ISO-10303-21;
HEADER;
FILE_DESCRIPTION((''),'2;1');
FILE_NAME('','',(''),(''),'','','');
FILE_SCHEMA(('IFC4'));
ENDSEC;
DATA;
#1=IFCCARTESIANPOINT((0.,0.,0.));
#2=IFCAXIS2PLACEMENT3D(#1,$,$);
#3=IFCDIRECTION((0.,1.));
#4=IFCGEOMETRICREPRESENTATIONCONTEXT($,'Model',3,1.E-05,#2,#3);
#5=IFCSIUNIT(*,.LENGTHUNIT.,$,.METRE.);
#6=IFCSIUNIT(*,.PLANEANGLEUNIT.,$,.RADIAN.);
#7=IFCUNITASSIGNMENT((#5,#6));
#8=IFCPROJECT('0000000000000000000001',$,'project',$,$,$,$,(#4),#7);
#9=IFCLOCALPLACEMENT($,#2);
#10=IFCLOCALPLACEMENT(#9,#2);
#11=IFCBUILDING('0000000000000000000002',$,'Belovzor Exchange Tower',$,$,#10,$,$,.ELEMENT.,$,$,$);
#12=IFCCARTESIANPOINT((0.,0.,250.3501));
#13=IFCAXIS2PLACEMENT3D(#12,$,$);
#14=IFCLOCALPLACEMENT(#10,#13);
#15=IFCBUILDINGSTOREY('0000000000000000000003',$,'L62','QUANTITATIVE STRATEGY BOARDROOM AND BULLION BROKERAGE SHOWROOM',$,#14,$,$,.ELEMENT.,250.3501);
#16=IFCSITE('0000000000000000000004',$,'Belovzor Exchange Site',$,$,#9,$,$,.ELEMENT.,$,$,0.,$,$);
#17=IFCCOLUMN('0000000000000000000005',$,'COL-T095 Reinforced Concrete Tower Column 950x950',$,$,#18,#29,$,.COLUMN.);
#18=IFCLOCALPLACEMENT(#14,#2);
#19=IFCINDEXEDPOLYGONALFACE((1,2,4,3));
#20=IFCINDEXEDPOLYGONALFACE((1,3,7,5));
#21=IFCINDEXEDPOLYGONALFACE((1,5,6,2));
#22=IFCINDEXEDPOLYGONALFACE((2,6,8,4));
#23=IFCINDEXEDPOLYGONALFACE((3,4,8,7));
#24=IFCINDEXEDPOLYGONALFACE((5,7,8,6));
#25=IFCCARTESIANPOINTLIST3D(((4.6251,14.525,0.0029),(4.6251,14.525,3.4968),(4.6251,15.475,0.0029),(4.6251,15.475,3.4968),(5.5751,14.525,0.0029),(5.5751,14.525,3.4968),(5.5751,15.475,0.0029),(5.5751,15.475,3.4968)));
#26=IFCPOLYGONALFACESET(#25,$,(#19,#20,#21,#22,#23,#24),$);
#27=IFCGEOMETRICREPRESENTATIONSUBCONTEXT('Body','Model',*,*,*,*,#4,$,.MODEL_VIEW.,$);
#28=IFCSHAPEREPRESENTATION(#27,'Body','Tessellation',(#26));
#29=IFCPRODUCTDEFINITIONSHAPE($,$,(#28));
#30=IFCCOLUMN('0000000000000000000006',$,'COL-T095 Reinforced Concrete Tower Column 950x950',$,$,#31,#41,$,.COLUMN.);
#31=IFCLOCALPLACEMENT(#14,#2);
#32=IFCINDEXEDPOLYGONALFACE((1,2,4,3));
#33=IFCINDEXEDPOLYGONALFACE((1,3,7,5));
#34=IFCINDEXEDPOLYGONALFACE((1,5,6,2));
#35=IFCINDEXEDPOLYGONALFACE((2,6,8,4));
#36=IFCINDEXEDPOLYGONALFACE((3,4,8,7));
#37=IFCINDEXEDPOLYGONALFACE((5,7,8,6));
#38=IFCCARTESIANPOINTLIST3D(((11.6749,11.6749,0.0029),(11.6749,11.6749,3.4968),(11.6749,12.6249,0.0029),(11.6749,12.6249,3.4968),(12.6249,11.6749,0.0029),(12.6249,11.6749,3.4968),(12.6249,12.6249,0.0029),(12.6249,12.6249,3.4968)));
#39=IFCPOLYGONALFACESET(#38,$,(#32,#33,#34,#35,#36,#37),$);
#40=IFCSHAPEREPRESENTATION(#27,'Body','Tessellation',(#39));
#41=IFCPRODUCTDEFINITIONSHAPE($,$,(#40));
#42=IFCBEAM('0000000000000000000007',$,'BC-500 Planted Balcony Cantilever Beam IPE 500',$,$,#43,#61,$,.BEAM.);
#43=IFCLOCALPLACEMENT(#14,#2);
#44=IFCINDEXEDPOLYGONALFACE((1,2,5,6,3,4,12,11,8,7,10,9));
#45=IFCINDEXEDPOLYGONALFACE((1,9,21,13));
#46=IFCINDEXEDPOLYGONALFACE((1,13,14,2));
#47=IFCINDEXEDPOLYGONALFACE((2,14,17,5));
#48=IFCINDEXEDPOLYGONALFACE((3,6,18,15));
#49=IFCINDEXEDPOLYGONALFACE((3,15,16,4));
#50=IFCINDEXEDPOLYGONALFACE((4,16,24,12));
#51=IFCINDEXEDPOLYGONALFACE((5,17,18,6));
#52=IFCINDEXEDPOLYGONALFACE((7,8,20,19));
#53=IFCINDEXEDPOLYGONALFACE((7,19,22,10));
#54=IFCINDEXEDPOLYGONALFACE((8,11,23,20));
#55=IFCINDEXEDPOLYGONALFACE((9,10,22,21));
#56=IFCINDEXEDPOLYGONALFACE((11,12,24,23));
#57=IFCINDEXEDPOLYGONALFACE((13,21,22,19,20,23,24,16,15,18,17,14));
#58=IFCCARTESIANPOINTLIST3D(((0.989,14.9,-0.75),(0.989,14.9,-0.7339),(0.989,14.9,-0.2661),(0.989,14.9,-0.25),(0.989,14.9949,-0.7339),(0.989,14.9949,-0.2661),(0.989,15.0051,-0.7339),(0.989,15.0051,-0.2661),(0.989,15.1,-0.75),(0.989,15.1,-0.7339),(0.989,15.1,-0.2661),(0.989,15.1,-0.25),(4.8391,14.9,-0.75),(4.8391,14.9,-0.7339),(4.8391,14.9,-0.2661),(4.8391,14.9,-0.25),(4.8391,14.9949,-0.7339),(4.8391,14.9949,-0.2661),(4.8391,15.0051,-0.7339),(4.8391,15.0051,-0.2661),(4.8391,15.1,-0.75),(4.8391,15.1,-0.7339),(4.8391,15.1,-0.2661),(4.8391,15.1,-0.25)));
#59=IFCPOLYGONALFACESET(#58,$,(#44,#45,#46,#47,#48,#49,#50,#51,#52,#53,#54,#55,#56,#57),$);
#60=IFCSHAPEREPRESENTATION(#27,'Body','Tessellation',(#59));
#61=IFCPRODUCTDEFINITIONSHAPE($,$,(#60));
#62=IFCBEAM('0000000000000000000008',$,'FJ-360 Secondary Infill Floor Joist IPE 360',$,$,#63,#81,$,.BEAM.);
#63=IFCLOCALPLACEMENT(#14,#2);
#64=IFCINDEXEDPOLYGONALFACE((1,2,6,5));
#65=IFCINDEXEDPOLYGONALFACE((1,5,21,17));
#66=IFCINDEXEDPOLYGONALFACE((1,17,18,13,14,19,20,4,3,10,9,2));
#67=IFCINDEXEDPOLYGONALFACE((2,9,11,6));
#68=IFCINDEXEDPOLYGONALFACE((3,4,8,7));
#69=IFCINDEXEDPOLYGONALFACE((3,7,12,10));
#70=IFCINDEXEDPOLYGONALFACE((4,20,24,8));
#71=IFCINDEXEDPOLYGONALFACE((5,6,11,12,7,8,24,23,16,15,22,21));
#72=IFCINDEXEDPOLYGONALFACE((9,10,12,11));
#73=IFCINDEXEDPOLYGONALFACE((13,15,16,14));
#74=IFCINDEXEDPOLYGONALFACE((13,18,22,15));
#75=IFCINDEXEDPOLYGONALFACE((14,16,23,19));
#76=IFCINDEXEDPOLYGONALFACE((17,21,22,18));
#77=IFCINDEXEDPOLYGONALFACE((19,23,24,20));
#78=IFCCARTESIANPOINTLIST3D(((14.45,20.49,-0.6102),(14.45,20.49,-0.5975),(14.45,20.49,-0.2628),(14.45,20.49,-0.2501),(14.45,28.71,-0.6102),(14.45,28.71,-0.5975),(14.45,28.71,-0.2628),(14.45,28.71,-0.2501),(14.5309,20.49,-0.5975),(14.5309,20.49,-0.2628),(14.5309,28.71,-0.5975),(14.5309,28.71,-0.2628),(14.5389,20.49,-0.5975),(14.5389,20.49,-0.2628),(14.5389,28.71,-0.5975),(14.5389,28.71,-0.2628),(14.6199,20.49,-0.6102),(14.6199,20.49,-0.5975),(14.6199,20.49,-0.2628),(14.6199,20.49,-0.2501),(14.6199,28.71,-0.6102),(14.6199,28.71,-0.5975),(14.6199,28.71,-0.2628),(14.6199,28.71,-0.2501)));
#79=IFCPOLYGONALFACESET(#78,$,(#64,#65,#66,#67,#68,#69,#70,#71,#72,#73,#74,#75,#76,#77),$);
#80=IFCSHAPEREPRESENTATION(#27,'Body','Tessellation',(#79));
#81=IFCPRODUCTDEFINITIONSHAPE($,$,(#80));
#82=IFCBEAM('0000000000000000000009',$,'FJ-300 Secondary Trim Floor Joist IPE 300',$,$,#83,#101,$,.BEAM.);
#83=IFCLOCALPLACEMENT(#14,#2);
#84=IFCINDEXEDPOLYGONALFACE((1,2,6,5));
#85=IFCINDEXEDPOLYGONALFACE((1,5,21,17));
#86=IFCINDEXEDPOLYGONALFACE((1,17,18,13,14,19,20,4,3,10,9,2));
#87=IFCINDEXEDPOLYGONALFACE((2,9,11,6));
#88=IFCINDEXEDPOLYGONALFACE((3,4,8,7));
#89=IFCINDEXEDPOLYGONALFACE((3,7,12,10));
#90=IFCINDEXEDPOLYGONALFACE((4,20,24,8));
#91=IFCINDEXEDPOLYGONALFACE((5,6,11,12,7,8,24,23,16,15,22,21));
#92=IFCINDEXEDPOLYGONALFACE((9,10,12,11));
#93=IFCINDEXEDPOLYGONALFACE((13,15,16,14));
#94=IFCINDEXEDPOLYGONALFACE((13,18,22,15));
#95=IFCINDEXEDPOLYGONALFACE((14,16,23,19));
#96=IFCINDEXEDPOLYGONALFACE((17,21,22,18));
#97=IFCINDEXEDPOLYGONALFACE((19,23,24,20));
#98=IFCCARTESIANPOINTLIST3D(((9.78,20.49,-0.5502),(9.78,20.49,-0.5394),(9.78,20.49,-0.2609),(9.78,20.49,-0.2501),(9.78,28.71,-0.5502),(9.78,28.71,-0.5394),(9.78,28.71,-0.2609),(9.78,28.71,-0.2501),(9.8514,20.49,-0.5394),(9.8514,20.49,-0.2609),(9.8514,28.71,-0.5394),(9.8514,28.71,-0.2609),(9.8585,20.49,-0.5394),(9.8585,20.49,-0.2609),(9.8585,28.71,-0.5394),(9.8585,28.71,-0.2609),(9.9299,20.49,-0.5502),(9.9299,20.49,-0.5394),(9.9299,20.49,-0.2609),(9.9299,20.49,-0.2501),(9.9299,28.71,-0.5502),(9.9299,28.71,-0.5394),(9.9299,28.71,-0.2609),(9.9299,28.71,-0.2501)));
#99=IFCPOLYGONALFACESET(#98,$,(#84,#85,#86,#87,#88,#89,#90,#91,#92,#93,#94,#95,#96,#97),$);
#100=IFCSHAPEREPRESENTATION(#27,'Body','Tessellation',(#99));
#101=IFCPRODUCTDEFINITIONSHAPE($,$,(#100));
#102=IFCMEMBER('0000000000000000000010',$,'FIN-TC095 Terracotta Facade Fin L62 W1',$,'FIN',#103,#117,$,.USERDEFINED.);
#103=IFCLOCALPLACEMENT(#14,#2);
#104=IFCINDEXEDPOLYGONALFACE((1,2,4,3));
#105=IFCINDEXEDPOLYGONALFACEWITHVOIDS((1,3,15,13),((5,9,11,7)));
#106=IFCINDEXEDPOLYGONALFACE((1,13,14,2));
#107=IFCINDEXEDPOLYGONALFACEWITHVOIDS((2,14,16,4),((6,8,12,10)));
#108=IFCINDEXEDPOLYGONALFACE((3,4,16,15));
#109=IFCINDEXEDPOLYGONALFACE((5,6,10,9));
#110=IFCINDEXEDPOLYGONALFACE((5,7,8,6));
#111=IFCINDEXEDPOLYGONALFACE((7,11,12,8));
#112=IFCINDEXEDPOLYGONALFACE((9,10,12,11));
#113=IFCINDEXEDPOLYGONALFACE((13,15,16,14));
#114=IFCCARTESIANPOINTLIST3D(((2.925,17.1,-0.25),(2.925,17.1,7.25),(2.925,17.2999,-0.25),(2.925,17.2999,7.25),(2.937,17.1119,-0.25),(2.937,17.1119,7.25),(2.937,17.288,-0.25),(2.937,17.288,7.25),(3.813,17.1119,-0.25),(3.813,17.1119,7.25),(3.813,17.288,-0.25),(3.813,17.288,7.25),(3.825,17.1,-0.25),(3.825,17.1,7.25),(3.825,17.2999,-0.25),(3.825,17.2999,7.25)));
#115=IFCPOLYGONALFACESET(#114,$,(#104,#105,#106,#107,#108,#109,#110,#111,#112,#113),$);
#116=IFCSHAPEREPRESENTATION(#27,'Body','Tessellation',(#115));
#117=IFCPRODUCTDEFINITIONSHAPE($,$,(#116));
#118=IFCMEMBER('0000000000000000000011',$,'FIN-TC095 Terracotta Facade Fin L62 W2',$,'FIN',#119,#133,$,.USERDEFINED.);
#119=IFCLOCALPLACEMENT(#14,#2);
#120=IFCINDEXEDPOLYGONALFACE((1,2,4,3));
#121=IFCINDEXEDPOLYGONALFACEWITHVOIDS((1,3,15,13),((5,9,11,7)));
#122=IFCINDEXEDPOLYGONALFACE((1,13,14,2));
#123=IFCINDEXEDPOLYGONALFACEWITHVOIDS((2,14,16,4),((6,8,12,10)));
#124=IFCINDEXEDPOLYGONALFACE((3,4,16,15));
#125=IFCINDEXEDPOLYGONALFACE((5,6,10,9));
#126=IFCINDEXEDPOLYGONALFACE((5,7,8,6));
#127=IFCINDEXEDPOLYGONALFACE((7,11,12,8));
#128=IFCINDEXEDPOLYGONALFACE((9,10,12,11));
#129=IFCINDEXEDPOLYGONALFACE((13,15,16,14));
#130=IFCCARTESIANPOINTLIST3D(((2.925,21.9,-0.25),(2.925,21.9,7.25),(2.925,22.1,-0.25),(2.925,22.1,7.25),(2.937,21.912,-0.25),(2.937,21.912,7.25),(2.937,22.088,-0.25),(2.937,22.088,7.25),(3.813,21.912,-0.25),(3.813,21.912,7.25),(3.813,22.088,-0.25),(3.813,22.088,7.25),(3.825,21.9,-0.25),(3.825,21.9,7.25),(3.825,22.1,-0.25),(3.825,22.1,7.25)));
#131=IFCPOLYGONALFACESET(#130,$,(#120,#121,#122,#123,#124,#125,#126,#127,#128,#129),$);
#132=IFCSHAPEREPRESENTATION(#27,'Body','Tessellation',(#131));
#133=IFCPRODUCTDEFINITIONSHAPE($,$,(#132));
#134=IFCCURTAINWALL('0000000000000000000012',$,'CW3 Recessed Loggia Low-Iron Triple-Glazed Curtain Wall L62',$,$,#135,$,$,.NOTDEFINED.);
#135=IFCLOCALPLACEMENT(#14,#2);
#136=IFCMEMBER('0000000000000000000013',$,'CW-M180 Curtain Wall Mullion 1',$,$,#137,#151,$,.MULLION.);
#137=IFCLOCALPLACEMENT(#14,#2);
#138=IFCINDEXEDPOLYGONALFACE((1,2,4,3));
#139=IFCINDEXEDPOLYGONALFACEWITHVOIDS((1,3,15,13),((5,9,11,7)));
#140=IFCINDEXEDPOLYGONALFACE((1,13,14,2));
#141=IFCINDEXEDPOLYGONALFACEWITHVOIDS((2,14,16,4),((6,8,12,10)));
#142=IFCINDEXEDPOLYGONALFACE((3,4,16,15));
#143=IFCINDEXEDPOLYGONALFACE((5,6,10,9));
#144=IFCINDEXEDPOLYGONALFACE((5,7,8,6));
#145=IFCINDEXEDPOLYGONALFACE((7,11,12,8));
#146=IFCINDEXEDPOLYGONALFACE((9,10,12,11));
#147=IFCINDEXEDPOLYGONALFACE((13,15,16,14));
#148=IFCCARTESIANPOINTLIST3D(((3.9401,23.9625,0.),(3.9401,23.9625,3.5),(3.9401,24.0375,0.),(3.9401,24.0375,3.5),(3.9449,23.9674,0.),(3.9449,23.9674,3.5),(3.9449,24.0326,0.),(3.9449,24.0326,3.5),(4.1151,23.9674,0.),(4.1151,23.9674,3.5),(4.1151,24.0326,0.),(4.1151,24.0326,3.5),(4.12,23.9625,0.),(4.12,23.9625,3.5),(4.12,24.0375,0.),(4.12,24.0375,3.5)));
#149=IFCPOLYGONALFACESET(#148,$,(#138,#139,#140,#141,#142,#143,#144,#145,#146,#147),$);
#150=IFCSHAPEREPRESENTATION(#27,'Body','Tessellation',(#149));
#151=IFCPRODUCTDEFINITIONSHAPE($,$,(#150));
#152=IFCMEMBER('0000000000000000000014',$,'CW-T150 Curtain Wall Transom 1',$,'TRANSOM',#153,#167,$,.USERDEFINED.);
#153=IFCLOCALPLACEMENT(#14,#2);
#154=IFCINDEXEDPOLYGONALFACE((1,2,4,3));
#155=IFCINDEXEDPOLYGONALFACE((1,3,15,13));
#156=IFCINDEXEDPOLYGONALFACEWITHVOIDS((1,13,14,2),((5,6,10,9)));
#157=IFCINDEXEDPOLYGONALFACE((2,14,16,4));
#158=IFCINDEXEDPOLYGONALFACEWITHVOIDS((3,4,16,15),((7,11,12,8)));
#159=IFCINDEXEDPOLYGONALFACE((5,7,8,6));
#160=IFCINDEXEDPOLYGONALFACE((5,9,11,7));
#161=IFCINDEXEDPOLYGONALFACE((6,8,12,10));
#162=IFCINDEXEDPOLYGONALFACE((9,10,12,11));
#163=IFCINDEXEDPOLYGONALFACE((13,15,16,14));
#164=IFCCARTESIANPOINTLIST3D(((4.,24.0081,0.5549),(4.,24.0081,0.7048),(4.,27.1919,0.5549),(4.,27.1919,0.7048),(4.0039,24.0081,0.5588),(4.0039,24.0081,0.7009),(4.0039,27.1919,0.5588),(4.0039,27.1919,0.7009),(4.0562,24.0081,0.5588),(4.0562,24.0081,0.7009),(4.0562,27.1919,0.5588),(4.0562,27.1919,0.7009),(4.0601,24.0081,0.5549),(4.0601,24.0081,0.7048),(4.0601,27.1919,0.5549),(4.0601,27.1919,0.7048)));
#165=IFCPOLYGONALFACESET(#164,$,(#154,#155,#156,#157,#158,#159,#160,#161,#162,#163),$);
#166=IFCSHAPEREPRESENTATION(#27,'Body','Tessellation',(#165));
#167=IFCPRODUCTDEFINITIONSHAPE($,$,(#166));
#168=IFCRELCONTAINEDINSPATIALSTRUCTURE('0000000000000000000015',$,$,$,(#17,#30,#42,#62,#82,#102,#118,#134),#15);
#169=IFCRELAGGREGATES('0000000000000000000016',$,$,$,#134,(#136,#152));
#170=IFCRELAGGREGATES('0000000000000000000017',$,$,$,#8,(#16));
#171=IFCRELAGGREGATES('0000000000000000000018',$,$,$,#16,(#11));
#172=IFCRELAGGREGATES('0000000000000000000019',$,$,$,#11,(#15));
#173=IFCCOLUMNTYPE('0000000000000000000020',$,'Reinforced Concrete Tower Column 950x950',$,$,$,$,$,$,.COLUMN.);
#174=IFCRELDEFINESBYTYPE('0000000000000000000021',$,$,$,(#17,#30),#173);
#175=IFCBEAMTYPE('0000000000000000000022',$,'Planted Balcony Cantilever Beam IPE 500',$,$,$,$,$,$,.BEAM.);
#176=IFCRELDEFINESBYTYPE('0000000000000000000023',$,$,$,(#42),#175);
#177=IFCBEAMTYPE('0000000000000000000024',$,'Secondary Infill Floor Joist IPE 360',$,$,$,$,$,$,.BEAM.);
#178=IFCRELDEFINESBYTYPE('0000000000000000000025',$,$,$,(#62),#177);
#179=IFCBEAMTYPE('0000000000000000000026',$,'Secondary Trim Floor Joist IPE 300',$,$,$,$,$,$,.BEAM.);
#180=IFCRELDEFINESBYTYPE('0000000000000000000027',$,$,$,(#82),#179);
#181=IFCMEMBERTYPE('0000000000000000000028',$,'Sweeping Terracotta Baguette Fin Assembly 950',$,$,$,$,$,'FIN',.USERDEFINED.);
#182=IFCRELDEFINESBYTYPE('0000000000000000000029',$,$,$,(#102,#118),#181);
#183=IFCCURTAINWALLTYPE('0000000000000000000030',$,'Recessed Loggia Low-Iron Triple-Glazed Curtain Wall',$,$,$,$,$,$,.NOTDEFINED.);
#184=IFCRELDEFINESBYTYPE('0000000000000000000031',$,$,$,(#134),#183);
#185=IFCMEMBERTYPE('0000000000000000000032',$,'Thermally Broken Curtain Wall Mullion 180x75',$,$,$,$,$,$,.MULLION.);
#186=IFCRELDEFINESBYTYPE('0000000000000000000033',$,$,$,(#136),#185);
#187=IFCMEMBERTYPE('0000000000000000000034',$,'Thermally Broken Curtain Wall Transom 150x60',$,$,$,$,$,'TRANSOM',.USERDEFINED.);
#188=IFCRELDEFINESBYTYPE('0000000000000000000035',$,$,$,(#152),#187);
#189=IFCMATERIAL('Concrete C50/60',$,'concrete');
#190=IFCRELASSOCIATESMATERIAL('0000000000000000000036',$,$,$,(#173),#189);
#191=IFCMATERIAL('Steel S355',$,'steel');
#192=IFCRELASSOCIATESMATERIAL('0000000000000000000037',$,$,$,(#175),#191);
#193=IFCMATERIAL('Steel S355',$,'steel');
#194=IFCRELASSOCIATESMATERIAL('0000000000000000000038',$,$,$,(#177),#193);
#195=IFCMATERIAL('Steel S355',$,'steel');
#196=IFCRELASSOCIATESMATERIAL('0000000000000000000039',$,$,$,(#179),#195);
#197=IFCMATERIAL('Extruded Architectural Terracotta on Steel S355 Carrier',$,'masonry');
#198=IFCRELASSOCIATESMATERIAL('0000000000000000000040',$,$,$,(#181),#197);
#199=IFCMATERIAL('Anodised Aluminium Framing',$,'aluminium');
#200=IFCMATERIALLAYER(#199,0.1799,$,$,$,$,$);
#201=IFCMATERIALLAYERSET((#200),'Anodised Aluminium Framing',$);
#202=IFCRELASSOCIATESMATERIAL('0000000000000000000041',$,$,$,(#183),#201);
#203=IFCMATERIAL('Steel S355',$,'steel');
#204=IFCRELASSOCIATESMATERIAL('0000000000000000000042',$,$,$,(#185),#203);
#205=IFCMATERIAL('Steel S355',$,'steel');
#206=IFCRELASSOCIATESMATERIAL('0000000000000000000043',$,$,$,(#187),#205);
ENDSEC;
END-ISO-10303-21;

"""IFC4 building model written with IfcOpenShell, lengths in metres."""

from ifc_helpers import new_model, si_unit, direction, frame, origin, origin_2d, place, context, subcontext, project, spatial, rectangle, hollow_rectangle, i_section, extrude, material, layer, layer_set, material_profile, profile_set, type_object, element, aggregate, save


model = new_model("IFC4")

# Units and contexts
model_context = context("Model", 3, precision=1e-05, world=origin(), true_north=direction((0.0, 1.0)))
body_context = subcontext(model_context, "Body", "Model", "MODEL_VIEW")
ifc_project = project(units=[si_unit("LENGTHUNIT", "METRE"), si_unit("PLANEANGLEUNIT", "RADIAN")], contexts=[model_context])

# Site, building, storey
site_placement = place(None, origin())
site = spatial("IfcSite", under=ifc_project, at=site_placement, Name="Belovzor Exchange Site", CompositionType="ELEMENT", RefElevation=0.0)
building_placement = place(site_placement, origin())
building = spatial("IfcBuilding", under=site, at=building_placement, Name="Belovzor Exchange Tower", CompositionType="ELEMENT")
storey_placement = place(building_placement, frame((0.0, 0.0, 250.3501)))
storey = spatial("IfcBuildingStorey", under=building, at=storey_placement, Name="L62", Description="QUANTITATIVE STRATEGY BOARDROOM AND BULLION BROKERAGE SHOWROOM", CompositionType="ELEMENT", Elevation=250.3501)

# Columns
ifc_material_1 = material(Name="Concrete C50/60", Category="concrete")
ifc_material_profile_1 = material_profile(ifc_material_1, rectangle(XDim=0.95, YDim=0.95, at=origin_2d()))
ifc_profile_set_1 = profile_set([ifc_material_profile_1], Name="Concrete C50/60")
column_type = type_object("IfcColumnType", Name="Reinforced Concrete Tower Column 950x950", PredefinedType="COLUMN", material=ifc_profile_set_1)
for number, where, z_axis, x_axis, name in (
    (1, (5.1001, 15.0, 0.0029), (0.0, 0.0, 1.0), (1.0, 0.0, 0.0), "COL-T095 Reinforced Concrete Tower Column 950x950"),
    (2, (12.1499, 12.1499, 0.0029), (0.0, 0.0, 1.0), (1.0, 0.0, 0.0), "COL-T095 Reinforced Concrete Tower Column 950x950"),
):
    element("IfcColumn", number, at=place(storey_placement, frame(where, z_axis=z_axis, x_axis=x_axis)), inside=storey, type_object=column_type, Name=name, PredefinedType="COLUMN", context=body_context, shape_type="SweptSolid", body=[
        extrude(rectangle(XDim=0.95, YDim=0.95, at=origin_2d()), origin(), (0.0, 0.0, 1.0), 3.4939),
    ])

# Beams
ifc_material_2 = material(Name="Steel S355", Category="steel")
ifc_material_profile_2 = material_profile(ifc_material_2, i_section(OverallWidth=0.2, OverallDepth=0.5, WebThickness=0.0103, FlangeThickness=0.0161, at=origin_2d()))
ifc_profile_set_2 = profile_set([ifc_material_profile_2], Name="Steel S355")
beam_type_1 = type_object("IfcBeamType", Name="Planted Balcony Cantilever Beam IPE 500", PredefinedType="BEAM", material=ifc_profile_set_2)
beam_1_placement = place(storey_placement, frame((4.8391, 15.0, -0.5), z_axis=(-1.0, 0.0, 0.0), x_axis=(0.0, -1.0, 0.0)))
element("IfcBeam", 3, at=beam_1_placement, inside=storey, type_object=beam_type_1, Name="BC-500 Planted Balcony Cantilever Beam IPE 500", PredefinedType="BEAM", context=body_context, shape_type="SweptSolid", body=[
    extrude(i_section(OverallWidth=0.2, OverallDepth=0.5, WebThickness=0.0103, FlangeThickness=0.0161, at=origin_2d()), origin(), (0.0, 0.0, 1.0), 3.8501),
])
ifc_material_3 = material(Name="Steel S355", Category="steel")
ifc_material_profile_3 = material_profile(ifc_material_3, i_section(OverallWidth=0.1699, OverallDepth=0.3601, WebThickness=0.0081, FlangeThickness=0.0127, at=origin_2d()))
ifc_profile_set_3 = profile_set([ifc_material_profile_3], Name="Steel S355")
beam_type_2 = type_object("IfcBeamType", Name="Secondary Infill Floor Joist IPE 360", PredefinedType="BEAM", material=ifc_profile_set_3)
beam_2_placement = place(storey_placement, frame((14.5349, 20.49, -0.4302), z_axis=(0.0, 1.0, 0.0), x_axis=(-1.0, 0.0, 0.0)))
element("IfcBeam", 4, at=beam_2_placement, inside=storey, type_object=beam_type_2, Name="FJ-360 Secondary Infill Floor Joist IPE 360", PredefinedType="BEAM", context=body_context, shape_type="SweptSolid", body=[
    extrude(i_section(OverallWidth=0.1699, OverallDepth=0.3601, WebThickness=0.0081, FlangeThickness=0.0127, at=origin_2d()), origin(), (0.0, 0.0, 1.0), 8.22),
])
ifc_material_4 = material(Name="Steel S355", Category="steel")
ifc_material_profile_4 = material_profile(ifc_material_4, i_section(OverallWidth=0.1499, OverallDepth=0.3, WebThickness=0.0071, FlangeThickness=0.0107, at=origin_2d()))
ifc_profile_set_4 = profile_set([ifc_material_profile_4], Name="Steel S355")
beam_type_3 = type_object("IfcBeamType", Name="Secondary Trim Floor Joist IPE 300", PredefinedType="BEAM", material=ifc_profile_set_4)
beam_3_placement = place(storey_placement, frame((9.855, 20.49, -0.4001), z_axis=(0.0, 1.0, 0.0), x_axis=(-1.0, 0.0, 0.0)))
element("IfcBeam", 5, at=beam_3_placement, inside=storey, type_object=beam_type_3, Name="FJ-300 Secondary Trim Floor Joist IPE 300", PredefinedType="BEAM", context=body_context, shape_type="SweptSolid", body=[
    extrude(i_section(OverallWidth=0.1499, OverallDepth=0.3, WebThickness=0.0071, FlangeThickness=0.0107, at=origin_2d()), origin(), (0.0, 0.0, 1.0), 8.22),
])

# Members
ifc_material_5 = material(Name="Extruded Architectural Terracotta on Steel S355 Carrier", Category="masonry")
ifc_material_profile_5 = material_profile(ifc_material_5, hollow_rectangle(XDim=0.2, YDim=0.8999, WallThickness=0.012, at=origin_2d()))
ifc_profile_set_5 = profile_set([ifc_material_profile_5], Name="Extruded Architectural Terracotta on Steel S355 Carrier")
member_type_1 = type_object("IfcMemberType", Name="Sweeping Terracotta Baguette Fin Assembly 950", ElementType="FIN", PredefinedType="USERDEFINED", material=ifc_profile_set_5)
for number, where, z_axis, x_axis, name in (
    (6, (3.375, 17.2, -0.25), (0.0, 0.0, 1.0), (0.0, 1.0, 0.0), "FIN-TC095 Terracotta Facade Fin L62 W1"),
    (7, (3.375, 22.0, -0.25), (0.0, 0.0, 1.0), (0.0, 1.0, 0.0), "FIN-TC095 Terracotta Facade Fin L62 W2"),
):
    element("IfcMember", number, at=place(storey_placement, frame(where, z_axis=z_axis, x_axis=x_axis)), inside=storey, type_object=member_type_1, Name=name, ObjectType="FIN", PredefinedType="USERDEFINED", context=body_context, shape_type="SweptSolid", body=[
        extrude(hollow_rectangle(XDim=0.2, YDim=0.8999, WallThickness=0.012, at=origin_2d()), origin(), (0.0, 0.0, 1.0), 7.5),
    ])

# Curtain wall, members
ifc_material_6 = material(Name="Anodised Aluminium Framing", Category="aluminium")
ifc_layer_1 = layer(ifc_material_6, 0.1799)
ifc_layer_set_1 = layer_set([ifc_layer_1], Name="Anodised Aluminium Framing")
curtain_wall_type = type_object("IfcCurtainWallType", Name="Recessed Loggia Low-Iron Triple-Glazed Curtain Wall", PredefinedType="NOTDEFINED", material=ifc_layer_set_1)
curtain_wall_placement = place(storey_placement, origin())
curtain_wall = element("IfcCurtainWall", 8, at=curtain_wall_placement, inside=storey, type_object=curtain_wall_type, Name="CW3 Recessed Loggia Low-Iron Triple-Glazed Curtain Wall L62", PredefinedType="NOTDEFINED")
ifc_material_7 = material(Name="Steel S355", Category="steel")
ifc_material_profile_6 = material_profile(ifc_material_7, hollow_rectangle(XDim=0.075, YDim=0.1799, WallThickness=0.0049, at=origin_2d()))
ifc_profile_set_6 = profile_set([ifc_material_profile_6], Name="Steel S355")
member_type_2 = type_object("IfcMemberType", Name="Thermally Broken Curtain Wall Mullion 180x75", PredefinedType="MULLION", material=ifc_profile_set_6)
member_1_placement = place(storey_placement, frame((4.03, 24.0, 0.0), z_axis=(0.0, 0.0, 1.0), x_axis=(0.0, 1.0, 0.0)))
member_1 = element("IfcMember", 9, at=member_1_placement, type_object=member_type_2, Name="CW-M180 Curtain Wall Mullion 1", PredefinedType="MULLION", context=body_context, shape_type="SweptSolid", body=[
    extrude(hollow_rectangle(XDim=0.075, YDim=0.1799, WallThickness=0.0049, at=origin_2d()), origin(), (0.0, 0.0, 1.0), 3.5),
])
ifc_material_8 = material(Name="Steel S355", Category="steel")
ifc_material_profile_7 = material_profile(ifc_material_8, hollow_rectangle(XDim=0.0601, YDim=0.1499, WallThickness=0.0039, at=origin_2d()))
ifc_profile_set_7 = profile_set([ifc_material_profile_7], Name="Steel S355")
member_type_3 = type_object("IfcMemberType", Name="Thermally Broken Curtain Wall Transom 150x60", ElementType="TRANSOM", PredefinedType="USERDEFINED", material=ifc_profile_set_7)
member_2_placement = place(storey_placement, frame((4.03, 24.0081, 0.6299), z_axis=(0.0, 1.0, 0.0), x_axis=(-1.0, 0.0, 0.0)))
member_2 = element("IfcMember", 10, at=member_2_placement, type_object=member_type_3, Name="CW-T150 Curtain Wall Transom 1", ObjectType="TRANSOM", PredefinedType="USERDEFINED", context=body_context, shape_type="SweptSolid", body=[
    extrude(hollow_rectangle(XDim=0.0601, YDim=0.1499, WallThickness=0.0039, at=origin_2d()), origin(), (0.0, 0.0, 1.0), 3.1838),
])

aggregate(curtain_wall, [member_1, member_2])

save(model, "model.ifc")
